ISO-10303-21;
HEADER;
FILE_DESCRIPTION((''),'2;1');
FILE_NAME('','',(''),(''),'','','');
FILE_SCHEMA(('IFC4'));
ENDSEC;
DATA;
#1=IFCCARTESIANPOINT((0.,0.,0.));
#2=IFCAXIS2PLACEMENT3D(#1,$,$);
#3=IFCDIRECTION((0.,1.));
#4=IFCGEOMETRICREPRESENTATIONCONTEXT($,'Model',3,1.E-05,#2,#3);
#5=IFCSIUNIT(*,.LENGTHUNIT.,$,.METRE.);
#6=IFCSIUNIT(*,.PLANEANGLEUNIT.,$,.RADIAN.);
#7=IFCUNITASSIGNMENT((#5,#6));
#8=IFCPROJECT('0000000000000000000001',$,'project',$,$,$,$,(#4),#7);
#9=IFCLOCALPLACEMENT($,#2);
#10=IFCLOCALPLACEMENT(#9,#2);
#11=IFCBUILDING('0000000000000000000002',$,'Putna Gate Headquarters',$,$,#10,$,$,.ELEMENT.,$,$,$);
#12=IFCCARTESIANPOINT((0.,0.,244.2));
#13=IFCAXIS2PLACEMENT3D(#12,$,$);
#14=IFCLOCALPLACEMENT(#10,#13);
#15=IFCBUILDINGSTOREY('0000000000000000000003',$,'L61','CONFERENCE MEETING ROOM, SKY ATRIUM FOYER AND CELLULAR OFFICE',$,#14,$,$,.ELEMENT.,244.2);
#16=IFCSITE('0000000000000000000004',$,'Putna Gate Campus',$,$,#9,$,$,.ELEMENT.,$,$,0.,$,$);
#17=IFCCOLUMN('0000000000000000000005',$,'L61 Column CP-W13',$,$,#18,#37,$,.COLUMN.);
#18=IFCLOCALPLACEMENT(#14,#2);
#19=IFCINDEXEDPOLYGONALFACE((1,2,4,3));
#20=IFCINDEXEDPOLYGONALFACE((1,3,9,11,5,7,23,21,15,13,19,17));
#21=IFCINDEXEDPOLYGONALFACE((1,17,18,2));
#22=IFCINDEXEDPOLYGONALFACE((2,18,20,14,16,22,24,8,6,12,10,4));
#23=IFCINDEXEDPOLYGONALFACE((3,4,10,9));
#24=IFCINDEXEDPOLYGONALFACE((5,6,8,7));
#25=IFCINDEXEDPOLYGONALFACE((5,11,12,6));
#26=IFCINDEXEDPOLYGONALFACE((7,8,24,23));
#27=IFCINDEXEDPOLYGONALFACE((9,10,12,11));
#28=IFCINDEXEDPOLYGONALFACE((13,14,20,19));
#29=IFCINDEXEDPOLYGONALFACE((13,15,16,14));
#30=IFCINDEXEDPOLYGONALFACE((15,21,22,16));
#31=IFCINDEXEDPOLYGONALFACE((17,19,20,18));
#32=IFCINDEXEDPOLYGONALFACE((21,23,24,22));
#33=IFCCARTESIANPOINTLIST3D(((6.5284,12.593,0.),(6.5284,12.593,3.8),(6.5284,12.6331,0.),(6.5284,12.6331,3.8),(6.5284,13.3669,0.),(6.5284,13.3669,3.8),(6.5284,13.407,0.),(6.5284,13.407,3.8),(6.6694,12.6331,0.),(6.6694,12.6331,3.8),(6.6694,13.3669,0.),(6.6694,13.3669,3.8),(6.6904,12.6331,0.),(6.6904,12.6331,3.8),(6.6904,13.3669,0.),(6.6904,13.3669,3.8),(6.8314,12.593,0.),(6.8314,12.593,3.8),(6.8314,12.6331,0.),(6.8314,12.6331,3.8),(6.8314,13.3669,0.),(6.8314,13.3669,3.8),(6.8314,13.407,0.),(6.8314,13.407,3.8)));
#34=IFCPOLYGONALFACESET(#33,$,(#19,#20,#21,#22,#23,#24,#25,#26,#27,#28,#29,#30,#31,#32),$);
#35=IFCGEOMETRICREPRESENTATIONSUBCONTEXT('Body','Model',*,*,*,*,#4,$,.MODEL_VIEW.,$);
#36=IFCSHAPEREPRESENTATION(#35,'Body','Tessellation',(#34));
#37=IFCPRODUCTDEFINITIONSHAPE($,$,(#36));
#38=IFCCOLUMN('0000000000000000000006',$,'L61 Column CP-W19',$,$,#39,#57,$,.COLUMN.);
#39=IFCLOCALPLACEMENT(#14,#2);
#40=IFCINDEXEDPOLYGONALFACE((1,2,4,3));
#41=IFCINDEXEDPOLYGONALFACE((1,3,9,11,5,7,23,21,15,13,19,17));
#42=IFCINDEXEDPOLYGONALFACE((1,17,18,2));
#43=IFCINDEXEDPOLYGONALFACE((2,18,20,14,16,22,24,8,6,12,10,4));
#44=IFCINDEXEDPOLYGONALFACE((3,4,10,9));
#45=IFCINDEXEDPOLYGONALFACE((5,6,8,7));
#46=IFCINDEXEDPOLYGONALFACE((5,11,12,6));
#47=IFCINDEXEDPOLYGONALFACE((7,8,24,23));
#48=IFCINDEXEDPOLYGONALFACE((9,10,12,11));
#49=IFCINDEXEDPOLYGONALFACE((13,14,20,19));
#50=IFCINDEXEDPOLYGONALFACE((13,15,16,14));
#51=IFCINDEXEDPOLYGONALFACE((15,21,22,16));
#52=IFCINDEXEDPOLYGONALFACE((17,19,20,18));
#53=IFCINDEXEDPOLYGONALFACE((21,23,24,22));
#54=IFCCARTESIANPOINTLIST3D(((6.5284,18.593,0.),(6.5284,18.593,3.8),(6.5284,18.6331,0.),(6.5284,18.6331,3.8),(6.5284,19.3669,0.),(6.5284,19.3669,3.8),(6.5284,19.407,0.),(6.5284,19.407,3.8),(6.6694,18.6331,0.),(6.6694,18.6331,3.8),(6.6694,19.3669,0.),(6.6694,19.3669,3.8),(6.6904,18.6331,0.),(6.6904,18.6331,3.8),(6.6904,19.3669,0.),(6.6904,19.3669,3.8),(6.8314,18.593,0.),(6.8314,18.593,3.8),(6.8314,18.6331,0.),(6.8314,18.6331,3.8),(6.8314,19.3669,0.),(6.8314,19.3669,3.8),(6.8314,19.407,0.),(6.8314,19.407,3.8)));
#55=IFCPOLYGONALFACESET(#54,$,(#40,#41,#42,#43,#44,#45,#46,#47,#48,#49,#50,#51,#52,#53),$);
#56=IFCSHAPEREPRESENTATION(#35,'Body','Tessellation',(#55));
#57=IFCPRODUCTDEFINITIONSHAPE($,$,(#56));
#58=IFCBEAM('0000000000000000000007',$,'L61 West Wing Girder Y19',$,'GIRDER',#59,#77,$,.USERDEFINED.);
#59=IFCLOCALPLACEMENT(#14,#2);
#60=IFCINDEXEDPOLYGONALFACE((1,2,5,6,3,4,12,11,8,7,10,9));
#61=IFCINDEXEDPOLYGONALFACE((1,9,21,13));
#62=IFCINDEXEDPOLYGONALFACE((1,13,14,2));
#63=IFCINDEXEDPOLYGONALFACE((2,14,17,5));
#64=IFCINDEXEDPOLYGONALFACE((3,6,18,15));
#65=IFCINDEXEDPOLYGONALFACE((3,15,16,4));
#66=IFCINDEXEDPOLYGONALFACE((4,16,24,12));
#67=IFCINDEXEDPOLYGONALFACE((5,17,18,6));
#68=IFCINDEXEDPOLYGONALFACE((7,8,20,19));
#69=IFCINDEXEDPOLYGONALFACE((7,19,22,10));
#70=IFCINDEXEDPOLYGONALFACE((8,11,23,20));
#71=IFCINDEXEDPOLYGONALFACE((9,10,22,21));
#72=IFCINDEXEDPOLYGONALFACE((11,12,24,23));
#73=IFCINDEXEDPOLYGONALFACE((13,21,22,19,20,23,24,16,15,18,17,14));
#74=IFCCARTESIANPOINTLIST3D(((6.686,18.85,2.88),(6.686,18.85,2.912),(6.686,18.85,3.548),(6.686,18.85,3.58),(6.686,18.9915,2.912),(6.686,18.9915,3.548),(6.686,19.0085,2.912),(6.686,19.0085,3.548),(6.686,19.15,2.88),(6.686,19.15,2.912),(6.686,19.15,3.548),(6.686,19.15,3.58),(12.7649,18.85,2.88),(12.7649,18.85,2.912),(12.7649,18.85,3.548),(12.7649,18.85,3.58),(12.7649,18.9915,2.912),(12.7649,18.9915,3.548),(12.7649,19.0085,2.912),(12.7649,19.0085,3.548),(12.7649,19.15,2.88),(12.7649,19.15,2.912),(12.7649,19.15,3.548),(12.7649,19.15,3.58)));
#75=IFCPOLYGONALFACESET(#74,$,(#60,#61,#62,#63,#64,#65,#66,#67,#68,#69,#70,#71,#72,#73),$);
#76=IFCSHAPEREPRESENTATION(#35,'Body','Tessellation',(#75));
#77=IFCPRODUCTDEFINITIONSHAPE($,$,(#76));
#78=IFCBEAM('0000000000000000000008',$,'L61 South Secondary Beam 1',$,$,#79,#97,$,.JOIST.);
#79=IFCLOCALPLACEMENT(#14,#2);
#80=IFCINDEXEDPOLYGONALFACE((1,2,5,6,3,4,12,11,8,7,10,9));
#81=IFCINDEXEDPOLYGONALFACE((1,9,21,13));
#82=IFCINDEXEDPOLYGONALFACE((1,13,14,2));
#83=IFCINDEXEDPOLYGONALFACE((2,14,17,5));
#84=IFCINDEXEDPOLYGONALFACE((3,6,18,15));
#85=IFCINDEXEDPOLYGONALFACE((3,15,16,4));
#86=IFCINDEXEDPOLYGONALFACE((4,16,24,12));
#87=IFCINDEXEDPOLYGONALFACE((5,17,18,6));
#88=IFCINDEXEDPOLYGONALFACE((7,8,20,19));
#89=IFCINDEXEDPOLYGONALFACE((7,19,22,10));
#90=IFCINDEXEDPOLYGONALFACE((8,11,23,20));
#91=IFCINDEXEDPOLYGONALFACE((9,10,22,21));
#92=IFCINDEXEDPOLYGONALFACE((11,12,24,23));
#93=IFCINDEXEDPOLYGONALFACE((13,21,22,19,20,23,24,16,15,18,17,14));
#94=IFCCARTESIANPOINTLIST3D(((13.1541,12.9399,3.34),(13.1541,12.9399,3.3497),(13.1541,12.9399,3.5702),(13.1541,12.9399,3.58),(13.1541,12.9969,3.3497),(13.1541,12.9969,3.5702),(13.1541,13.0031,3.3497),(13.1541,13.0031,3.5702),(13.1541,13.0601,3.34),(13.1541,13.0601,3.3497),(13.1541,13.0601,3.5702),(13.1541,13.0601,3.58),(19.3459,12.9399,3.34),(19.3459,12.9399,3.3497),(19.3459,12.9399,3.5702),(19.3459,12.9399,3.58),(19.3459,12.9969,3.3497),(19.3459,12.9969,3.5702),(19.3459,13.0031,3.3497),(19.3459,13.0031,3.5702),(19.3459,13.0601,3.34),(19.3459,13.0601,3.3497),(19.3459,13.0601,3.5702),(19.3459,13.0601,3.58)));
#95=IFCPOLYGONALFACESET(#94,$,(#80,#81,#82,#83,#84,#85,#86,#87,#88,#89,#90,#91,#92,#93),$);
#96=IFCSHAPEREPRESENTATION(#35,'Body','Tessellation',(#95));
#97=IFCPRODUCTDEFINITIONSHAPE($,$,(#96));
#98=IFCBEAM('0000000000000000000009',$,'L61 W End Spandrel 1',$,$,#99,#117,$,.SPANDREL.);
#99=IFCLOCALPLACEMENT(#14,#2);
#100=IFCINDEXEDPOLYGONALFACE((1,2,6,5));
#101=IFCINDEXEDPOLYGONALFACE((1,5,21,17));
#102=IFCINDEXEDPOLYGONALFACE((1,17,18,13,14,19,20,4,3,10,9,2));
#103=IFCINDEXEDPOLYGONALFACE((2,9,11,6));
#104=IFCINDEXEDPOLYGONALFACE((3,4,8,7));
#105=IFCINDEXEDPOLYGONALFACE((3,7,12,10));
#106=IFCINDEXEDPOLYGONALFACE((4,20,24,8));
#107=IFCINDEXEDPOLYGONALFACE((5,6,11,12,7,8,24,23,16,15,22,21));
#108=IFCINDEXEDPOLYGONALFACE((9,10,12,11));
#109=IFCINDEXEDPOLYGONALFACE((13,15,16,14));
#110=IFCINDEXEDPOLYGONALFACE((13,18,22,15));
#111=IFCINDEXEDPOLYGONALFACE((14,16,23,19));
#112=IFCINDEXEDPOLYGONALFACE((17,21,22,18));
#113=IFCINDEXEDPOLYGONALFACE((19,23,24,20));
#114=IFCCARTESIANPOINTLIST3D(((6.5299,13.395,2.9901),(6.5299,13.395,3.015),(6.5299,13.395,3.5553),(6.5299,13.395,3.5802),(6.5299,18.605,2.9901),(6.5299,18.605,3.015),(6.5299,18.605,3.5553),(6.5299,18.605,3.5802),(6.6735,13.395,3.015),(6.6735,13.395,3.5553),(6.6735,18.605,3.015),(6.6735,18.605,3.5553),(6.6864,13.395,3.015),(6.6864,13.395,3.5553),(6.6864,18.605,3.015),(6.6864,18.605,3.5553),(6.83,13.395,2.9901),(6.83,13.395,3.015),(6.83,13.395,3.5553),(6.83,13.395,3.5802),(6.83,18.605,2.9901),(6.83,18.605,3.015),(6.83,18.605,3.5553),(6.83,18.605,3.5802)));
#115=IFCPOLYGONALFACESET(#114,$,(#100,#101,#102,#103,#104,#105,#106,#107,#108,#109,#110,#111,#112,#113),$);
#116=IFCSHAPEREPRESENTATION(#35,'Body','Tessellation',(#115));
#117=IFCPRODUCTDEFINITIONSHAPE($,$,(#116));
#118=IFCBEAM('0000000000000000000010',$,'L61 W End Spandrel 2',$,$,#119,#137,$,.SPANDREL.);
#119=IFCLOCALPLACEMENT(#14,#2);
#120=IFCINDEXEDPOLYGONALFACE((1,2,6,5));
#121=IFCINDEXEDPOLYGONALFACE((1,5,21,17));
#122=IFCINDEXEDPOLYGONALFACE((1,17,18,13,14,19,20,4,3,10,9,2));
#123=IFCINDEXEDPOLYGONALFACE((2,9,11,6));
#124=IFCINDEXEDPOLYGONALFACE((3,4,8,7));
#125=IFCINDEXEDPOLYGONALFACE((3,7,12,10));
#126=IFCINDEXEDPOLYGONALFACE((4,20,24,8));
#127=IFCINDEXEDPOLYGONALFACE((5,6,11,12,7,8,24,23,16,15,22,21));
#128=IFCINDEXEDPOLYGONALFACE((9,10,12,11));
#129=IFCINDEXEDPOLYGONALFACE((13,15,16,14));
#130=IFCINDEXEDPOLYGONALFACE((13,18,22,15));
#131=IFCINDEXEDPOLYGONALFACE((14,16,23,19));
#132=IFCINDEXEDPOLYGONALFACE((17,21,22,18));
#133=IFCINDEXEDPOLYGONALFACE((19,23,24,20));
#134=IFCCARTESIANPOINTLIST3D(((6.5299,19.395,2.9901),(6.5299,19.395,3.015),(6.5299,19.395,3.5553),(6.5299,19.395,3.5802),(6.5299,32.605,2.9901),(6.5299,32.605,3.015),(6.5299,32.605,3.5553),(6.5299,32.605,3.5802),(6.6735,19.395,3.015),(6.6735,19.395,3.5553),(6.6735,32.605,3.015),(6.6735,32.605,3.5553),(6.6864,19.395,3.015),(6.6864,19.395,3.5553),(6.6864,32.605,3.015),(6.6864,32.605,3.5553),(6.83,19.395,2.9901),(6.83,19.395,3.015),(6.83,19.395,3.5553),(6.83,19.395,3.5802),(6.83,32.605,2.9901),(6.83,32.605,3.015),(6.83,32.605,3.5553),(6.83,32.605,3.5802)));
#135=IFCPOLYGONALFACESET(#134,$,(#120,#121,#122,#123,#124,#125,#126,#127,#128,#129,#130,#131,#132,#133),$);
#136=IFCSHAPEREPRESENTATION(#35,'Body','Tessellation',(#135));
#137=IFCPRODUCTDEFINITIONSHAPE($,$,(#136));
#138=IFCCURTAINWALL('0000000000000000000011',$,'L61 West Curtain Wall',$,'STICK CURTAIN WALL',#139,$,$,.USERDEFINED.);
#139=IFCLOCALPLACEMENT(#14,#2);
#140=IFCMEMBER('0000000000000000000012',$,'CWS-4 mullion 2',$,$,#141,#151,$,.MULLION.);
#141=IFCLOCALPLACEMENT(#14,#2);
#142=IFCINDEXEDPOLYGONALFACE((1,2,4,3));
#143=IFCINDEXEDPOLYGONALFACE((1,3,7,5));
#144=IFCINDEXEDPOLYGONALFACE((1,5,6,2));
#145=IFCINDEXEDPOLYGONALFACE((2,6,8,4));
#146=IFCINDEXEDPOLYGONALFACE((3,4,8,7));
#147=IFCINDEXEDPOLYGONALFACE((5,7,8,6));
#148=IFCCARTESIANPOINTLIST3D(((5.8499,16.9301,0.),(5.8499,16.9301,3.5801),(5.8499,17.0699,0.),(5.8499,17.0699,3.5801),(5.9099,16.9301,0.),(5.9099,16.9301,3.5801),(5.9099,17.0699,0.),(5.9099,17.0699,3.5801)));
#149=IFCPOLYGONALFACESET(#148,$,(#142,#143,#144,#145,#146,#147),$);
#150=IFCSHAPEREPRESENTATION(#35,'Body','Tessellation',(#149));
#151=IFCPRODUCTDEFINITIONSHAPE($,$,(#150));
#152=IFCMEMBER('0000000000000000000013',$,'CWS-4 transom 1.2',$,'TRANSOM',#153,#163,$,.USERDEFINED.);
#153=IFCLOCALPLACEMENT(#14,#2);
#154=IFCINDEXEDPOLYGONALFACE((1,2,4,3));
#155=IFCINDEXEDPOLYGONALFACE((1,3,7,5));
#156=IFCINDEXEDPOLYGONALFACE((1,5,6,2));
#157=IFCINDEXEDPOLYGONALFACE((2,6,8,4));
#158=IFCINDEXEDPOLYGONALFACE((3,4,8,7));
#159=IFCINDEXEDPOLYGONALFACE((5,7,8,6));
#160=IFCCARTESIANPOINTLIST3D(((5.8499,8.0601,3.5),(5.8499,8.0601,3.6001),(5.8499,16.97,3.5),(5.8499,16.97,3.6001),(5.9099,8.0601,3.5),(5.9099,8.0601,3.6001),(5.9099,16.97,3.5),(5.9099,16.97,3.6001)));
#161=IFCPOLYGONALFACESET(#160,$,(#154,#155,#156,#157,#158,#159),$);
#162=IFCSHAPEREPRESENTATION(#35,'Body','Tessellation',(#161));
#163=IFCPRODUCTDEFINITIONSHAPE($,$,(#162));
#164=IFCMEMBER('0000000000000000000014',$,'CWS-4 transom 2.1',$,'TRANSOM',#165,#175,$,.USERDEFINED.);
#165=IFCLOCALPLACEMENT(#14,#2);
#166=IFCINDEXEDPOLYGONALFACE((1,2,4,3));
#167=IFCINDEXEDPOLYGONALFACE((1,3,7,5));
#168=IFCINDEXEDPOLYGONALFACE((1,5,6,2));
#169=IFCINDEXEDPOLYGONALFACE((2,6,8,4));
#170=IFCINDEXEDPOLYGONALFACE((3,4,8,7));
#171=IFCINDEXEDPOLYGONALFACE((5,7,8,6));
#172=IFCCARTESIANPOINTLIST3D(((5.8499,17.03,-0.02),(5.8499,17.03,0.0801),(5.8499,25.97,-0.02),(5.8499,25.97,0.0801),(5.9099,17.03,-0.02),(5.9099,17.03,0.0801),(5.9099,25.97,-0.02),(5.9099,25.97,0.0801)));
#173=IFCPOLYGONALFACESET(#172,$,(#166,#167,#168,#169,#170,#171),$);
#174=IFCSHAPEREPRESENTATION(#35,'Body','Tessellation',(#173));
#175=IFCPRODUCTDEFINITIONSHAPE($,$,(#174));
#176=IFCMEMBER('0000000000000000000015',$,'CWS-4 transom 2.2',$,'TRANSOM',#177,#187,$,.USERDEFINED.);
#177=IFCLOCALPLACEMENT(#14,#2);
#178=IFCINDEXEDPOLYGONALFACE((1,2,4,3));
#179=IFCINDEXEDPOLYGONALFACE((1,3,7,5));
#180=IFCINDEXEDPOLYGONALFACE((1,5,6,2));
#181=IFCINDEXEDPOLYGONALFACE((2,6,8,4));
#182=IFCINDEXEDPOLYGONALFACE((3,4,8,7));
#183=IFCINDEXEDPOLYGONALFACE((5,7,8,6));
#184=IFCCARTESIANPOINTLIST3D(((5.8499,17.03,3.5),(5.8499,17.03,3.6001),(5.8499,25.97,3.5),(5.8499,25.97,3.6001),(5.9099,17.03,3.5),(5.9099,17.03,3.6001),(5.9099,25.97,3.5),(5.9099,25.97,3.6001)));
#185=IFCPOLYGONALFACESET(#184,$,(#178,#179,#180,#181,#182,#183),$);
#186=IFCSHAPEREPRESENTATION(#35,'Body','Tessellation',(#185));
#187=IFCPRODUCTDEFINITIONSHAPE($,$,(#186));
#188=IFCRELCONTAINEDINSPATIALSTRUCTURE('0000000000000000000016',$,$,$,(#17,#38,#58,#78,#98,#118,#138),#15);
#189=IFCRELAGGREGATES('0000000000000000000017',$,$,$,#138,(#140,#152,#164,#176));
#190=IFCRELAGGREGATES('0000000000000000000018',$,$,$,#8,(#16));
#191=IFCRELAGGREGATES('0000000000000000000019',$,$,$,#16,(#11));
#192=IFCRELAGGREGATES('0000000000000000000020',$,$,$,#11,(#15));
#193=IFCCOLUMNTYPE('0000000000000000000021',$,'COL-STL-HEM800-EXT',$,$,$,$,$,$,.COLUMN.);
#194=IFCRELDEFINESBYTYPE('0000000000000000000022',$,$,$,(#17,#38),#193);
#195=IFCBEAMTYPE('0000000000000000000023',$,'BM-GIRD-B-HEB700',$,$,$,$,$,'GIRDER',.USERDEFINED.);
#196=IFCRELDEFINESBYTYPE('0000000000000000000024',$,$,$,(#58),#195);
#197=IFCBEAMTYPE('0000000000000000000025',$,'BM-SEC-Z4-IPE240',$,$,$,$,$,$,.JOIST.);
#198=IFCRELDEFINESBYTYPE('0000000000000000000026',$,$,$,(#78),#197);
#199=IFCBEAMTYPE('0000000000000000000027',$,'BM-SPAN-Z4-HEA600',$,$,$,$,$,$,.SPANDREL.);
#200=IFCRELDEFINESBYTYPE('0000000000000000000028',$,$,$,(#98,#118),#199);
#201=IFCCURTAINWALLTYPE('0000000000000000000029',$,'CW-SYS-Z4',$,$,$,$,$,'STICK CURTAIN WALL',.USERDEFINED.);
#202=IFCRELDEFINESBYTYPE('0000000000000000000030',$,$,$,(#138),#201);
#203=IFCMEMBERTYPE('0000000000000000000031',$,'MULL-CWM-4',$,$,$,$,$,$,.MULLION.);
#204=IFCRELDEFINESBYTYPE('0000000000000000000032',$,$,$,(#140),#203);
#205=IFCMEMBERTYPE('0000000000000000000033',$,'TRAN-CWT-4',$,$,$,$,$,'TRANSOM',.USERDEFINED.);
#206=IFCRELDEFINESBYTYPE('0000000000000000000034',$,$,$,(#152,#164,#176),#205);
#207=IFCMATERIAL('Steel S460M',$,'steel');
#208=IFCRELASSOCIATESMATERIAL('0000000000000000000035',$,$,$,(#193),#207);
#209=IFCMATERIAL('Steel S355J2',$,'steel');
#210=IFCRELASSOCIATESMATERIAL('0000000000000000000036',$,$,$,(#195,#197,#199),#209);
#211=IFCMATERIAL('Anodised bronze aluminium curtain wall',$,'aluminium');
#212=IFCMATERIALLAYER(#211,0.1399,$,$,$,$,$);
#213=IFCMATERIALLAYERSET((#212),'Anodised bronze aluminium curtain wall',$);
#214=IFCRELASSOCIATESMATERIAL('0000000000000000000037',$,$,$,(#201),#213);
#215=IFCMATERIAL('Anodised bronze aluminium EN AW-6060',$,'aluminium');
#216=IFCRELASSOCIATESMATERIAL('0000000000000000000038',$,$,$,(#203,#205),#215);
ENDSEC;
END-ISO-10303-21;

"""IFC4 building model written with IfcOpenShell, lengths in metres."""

from ifc_helpers import new_model, si_unit, direction, frame, origin, origin_2d, place, context, subcontext, project, spatial, rectangle, i_section, extrude, material, layer, layer_set, material_profile, profile_set, type_object, element, aggregate, save


model = new_model("IFC4")

# Units and contexts
model_context = context("Model", 3, precision=1e-05, world=origin(), true_north=direction((0.0, 1.0)))
body_context = subcontext(model_context, "Body", "Model", "MODEL_VIEW")
ifc_project = project(units=[si_unit("LENGTHUNIT", "METRE"), si_unit("PLANEANGLEUNIT", "RADIAN")], contexts=[model_context])

# Site, building, storey
site_placement = place(None, origin())
site = spatial("IfcSite", under=ifc_project, at=site_placement, Name="Putna Gate Campus", CompositionType="ELEMENT", RefElevation=0.0)
building_placement = place(site_placement, origin())
building = spatial("IfcBuilding", under=site, at=building_placement, Name="Putna Gate Headquarters", CompositionType="ELEMENT")
storey_placement = place(building_placement, frame((0.0, 0.0, 244.2)))
storey = spatial("IfcBuildingStorey", under=building, at=storey_placement, Name="L61", Description="CONFERENCE MEETING ROOM, SKY ATRIUM FOYER AND CELLULAR OFFICE", CompositionType="ELEMENT", Elevation=244.2)

# Columns
ifc_material_1 = material(Name="Steel S460M", Category="steel")
ifc_material_profile_1 = material_profile(ifc_material_1, i_section(OverallWidth=0.303, OverallDepth=0.814, WebThickness=0.021, FlangeThickness=0.04, at=origin_2d()), Name="Steel S460M")
ifc_profile_set_1 = profile_set([ifc_material_profile_1], Name="Steel S460M")
column_type = type_object("IfcColumnType", Name="COL-STL-HEM800-EXT", PredefinedType="COLUMN", material=ifc_profile_set_1)
for number, where, z_axis, x_axis, name in (
    (1, (6.6799, 13.0, 0.0), (0.0, 0.0, 1.0), (1.0, 0.0, 0.0), "L61 Column CP-W13"),
    (2, (6.6799, 19.0, 0.0), (0.0, 0.0, 1.0), (1.0, 0.0, 0.0), "L61 Column CP-W19"),
):
    element("IfcColumn", number, at=place(storey_placement, frame(where, z_axis=z_axis, x_axis=x_axis)), inside=storey, type_object=column_type, Name=name, PredefinedType="COLUMN", context=body_context, shape_type="SweptSolid", body=[
        extrude(i_section(OverallWidth=0.303, OverallDepth=0.814, WebThickness=0.021, FlangeThickness=0.04, at=origin_2d()), origin(), (0.0, 0.0, 1.0), 3.8),
    ])

# Beams
ifc_material_2 = material(Name="Steel S355J2", Category="steel")
ifc_material_profile_2 = material_profile(ifc_material_2, i_section(OverallWidth=0.3, OverallDepth=0.7, WebThickness=0.0171, FlangeThickness=0.032, at=origin_2d()), Name="Steel S355J2")
ifc_profile_set_2 = profile_set([ifc_material_profile_2], Name="Steel S355J2")
beam_type_1 = type_object("IfcBeamType", Name="BM-GIRD-B-HEB700", ElementType="GIRDER", PredefinedType="USERDEFINED", material=ifc_profile_set_2)
beam_1_placement = place(storey_placement, frame((6.686, 19.0, 3.23), z_axis=(1.0, 0.0, 0.0), x_axis=(0.0, 1.0, 0.0)))
element("IfcBeam", 3, at=beam_1_placement, inside=storey, type_object=beam_type_1, Name="L61 West Wing Girder Y19", ObjectType="GIRDER", PredefinedType="USERDEFINED", context=body_context, shape_type="SweptSolid", body=[
    extrude(i_section(OverallWidth=0.3, OverallDepth=0.7, WebThickness=0.0171, FlangeThickness=0.032, at=origin_2d()), origin(), (0.0, 0.0, 1.0), 6.0789),
])
ifc_material_profile_3 = material_profile(ifc_material_2, i_section(OverallWidth=0.1201, OverallDepth=0.24, WebThickness=0.0061, FlangeThickness=0.0098, at=origin_2d()), Name="Steel S355J2")
ifc_profile_set_3 = profile_set([ifc_material_profile_3], Name="Steel S355J2")
beam_type_2 = type_object("IfcBeamType", Name="BM-SEC-Z4-IPE240", PredefinedType="JOIST", material=ifc_profile_set_3)
beam_2_placement = place(storey_placement, frame((13.1541, 13.0, 3.46), z_axis=(1.0, 0.0, 0.0), x_axis=(0.0, 1.0, 0.0)))
element("IfcBeam", 4, at=beam_2_placement, inside=storey, type_object=beam_type_2, Name="L61 South Secondary Beam 1", PredefinedType="JOIST", context=body_context, shape_type="SweptSolid", body=[
    extrude(i_section(OverallWidth=0.1201, OverallDepth=0.24, WebThickness=0.0061, FlangeThickness=0.0098, at=origin_2d()), origin(), (0.0, 0.0, 1.0), 6.1919),
])
ifc_material_profile_4 = material_profile(ifc_material_2, i_section(OverallWidth=0.3, OverallDepth=0.5901, WebThickness=0.0129, FlangeThickness=0.0249, at=origin_2d()), Name="Steel S355J2")
ifc_profile_set_4 = profile_set([ifc_material_profile_4], Name="Steel S355J2")
beam_type_3 = type_object("IfcBeamType", Name="BM-SPAN-Z4-HEA600", PredefinedType="SPANDREL", material=ifc_profile_set_4)
beam_3_placement = place(storey_placement, frame((6.6799, 13.395, 3.2852), z_axis=(0.0, 1.0, 0.0), x_axis=(-1.0, 0.0, 0.0)))
element("IfcBeam", 5, at=beam_3_placement, inside=storey, type_object=beam_type_3, Name="L61 W End Spandrel 1", PredefinedType="SPANDREL", context=body_context, shape_type="SweptSolid", body=[
    extrude(i_section(OverallWidth=0.3, OverallDepth=0.5901, WebThickness=0.0129, FlangeThickness=0.0249, at=origin_2d()), origin(), (0.0, 0.0, 1.0), 5.21),
])
beam_4_placement = place(storey_placement, frame((6.6799, 19.395, 3.2852), z_axis=(0.0, 1.0, 0.0), x_axis=(-1.0, 0.0, 0.0)))
element("IfcBeam", 6, at=beam_4_placement, inside=storey, type_object=beam_type_3, Name="L61 W End Spandrel 2", PredefinedType="SPANDREL", context=body_context, shape_type="SweptSolid", body=[
    extrude(i_section(OverallWidth=0.3, OverallDepth=0.5901, WebThickness=0.0129, FlangeThickness=0.0249, at=origin_2d()), origin(), (0.0, 0.0, 1.0), 13.21),
])

# Curtain wall, members
ifc_material_3 = material(Name="Anodised bronze aluminium curtain wall", Category="aluminium")
ifc_layer_1 = layer(ifc_material_3, 0.1399)
ifc_layer_set_1 = layer_set([ifc_layer_1], Name="Anodised bronze aluminium curtain wall")
curtain_wall_type = type_object("IfcCurtainWallType", Name="CW-SYS-Z4", ElementType="STICK CURTAIN WALL", PredefinedType="USERDEFINED", material=ifc_layer_set_1)
curtain_wall_placement = place(storey_placement, origin())
curtain_wall = element("IfcCurtainWall", 7, at=curtain_wall_placement, inside=storey, type_object=curtain_wall_type, Name="L61 West Curtain Wall", ObjectType="STICK CURTAIN WALL", PredefinedType="USERDEFINED")
ifc_material_4 = material(Name="Anodised bronze aluminium EN AW-6060", Category="aluminium")
ifc_material_profile_5 = material_profile(ifc_material_4, rectangle(XDim=0.0601, YDim=0.1399, at=origin_2d()), Name="Anodised bronze aluminium EN AW-6060")
ifc_profile_set_5 = profile_set([ifc_material_profile_5], Name="Anodised bronze aluminium EN AW-6060")
member_type_1 = type_object("IfcMemberType", Name="MULL-CWM-4", PredefinedType="MULLION", material=ifc_profile_set_5)
member_1_placement = place(storey_placement, frame((5.8799, 17.0, 0.0), z_axis=(0.0, 0.0, 1.0), x_axis=(-1.0, 0.0, 0.0)))
member_1 = element("IfcMember", 8, at=member_1_placement, type_object=member_type_1, Name="CWS-4 mullion 2", PredefinedType="MULLION", context=body_context, shape_type="SweptSolid", body=[
    extrude(rectangle(XDim=0.0601, YDim=0.1399, at=origin_2d()), origin(), (0.0, 0.0, 1.0), 3.5801),
])
ifc_material_profile_6 = material_profile(ifc_material_4, rectangle(XDim=0.0601, YDim=0.1001, at=origin_2d()), Name="Anodised bronze aluminium EN AW-6060")
ifc_profile_set_6 = profile_set([ifc_material_profile_6], Name="Anodised bronze aluminium EN AW-6060")
member_type_2 = type_object("IfcMemberType", Name="TRAN-CWT-4", ElementType="TRANSOM", PredefinedType="USERDEFINED", material=ifc_profile_set_6)
member_2_placement = place(storey_placement, frame((5.8799, 8.0601, 3.55), z_axis=(0.0, 1.0, 0.0), x_axis=(-1.0, 0.0, 0.0)))
member_2 = element("IfcMember", 9, at=member_2_placement, type_object=member_type_2, Name="CWS-4 transom 1.2", ObjectType="TRANSOM", PredefinedType="USERDEFINED", context=body_context, shape_type="SweptSolid", body=[
    extrude(rectangle(XDim=0.0601, YDim=0.1001, at=origin_2d()), origin(), (0.0, 0.0, 1.0), 8.9099),
])
member_3_placement = place(storey_placement, frame((5.8799, 17.03, 0.03), z_axis=(0.0, 1.0, 0.0), x_axis=(-1.0, 0.0, 0.0)))
member_3 = element("IfcMember", 10, at=member_3_placement, type_object=member_type_2, Name="CWS-4 transom 2.1", ObjectType="TRANSOM", PredefinedType="USERDEFINED", context=body_context, shape_type="SweptSolid", body=[
    extrude(rectangle(XDim=0.0601, YDim=0.1001, at=origin_2d()), origin(), (0.0, 0.0, 1.0), 8.9399),
])
member_4_placement = place(storey_placement, frame((5.8799, 17.03, 3.55), z_axis=(0.0, 1.0, 0.0), x_axis=(-1.0, 0.0, 0.0)))
member_4 = element("IfcMember", 11, at=member_4_placement, type_object=member_type_2, Name="CWS-4 transom 2.2", ObjectType="TRANSOM", PredefinedType="USERDEFINED", context=body_context, shape_type="SweptSolid", body=[
    extrude(rectangle(XDim=0.0601, YDim=0.1001, at=origin_2d()), origin(), (0.0, 0.0, 1.0), 8.9399),
])
aggregate(curtain_wall, [member_1, member_2, member_3, member_4])

save(model, "model.ifc")
